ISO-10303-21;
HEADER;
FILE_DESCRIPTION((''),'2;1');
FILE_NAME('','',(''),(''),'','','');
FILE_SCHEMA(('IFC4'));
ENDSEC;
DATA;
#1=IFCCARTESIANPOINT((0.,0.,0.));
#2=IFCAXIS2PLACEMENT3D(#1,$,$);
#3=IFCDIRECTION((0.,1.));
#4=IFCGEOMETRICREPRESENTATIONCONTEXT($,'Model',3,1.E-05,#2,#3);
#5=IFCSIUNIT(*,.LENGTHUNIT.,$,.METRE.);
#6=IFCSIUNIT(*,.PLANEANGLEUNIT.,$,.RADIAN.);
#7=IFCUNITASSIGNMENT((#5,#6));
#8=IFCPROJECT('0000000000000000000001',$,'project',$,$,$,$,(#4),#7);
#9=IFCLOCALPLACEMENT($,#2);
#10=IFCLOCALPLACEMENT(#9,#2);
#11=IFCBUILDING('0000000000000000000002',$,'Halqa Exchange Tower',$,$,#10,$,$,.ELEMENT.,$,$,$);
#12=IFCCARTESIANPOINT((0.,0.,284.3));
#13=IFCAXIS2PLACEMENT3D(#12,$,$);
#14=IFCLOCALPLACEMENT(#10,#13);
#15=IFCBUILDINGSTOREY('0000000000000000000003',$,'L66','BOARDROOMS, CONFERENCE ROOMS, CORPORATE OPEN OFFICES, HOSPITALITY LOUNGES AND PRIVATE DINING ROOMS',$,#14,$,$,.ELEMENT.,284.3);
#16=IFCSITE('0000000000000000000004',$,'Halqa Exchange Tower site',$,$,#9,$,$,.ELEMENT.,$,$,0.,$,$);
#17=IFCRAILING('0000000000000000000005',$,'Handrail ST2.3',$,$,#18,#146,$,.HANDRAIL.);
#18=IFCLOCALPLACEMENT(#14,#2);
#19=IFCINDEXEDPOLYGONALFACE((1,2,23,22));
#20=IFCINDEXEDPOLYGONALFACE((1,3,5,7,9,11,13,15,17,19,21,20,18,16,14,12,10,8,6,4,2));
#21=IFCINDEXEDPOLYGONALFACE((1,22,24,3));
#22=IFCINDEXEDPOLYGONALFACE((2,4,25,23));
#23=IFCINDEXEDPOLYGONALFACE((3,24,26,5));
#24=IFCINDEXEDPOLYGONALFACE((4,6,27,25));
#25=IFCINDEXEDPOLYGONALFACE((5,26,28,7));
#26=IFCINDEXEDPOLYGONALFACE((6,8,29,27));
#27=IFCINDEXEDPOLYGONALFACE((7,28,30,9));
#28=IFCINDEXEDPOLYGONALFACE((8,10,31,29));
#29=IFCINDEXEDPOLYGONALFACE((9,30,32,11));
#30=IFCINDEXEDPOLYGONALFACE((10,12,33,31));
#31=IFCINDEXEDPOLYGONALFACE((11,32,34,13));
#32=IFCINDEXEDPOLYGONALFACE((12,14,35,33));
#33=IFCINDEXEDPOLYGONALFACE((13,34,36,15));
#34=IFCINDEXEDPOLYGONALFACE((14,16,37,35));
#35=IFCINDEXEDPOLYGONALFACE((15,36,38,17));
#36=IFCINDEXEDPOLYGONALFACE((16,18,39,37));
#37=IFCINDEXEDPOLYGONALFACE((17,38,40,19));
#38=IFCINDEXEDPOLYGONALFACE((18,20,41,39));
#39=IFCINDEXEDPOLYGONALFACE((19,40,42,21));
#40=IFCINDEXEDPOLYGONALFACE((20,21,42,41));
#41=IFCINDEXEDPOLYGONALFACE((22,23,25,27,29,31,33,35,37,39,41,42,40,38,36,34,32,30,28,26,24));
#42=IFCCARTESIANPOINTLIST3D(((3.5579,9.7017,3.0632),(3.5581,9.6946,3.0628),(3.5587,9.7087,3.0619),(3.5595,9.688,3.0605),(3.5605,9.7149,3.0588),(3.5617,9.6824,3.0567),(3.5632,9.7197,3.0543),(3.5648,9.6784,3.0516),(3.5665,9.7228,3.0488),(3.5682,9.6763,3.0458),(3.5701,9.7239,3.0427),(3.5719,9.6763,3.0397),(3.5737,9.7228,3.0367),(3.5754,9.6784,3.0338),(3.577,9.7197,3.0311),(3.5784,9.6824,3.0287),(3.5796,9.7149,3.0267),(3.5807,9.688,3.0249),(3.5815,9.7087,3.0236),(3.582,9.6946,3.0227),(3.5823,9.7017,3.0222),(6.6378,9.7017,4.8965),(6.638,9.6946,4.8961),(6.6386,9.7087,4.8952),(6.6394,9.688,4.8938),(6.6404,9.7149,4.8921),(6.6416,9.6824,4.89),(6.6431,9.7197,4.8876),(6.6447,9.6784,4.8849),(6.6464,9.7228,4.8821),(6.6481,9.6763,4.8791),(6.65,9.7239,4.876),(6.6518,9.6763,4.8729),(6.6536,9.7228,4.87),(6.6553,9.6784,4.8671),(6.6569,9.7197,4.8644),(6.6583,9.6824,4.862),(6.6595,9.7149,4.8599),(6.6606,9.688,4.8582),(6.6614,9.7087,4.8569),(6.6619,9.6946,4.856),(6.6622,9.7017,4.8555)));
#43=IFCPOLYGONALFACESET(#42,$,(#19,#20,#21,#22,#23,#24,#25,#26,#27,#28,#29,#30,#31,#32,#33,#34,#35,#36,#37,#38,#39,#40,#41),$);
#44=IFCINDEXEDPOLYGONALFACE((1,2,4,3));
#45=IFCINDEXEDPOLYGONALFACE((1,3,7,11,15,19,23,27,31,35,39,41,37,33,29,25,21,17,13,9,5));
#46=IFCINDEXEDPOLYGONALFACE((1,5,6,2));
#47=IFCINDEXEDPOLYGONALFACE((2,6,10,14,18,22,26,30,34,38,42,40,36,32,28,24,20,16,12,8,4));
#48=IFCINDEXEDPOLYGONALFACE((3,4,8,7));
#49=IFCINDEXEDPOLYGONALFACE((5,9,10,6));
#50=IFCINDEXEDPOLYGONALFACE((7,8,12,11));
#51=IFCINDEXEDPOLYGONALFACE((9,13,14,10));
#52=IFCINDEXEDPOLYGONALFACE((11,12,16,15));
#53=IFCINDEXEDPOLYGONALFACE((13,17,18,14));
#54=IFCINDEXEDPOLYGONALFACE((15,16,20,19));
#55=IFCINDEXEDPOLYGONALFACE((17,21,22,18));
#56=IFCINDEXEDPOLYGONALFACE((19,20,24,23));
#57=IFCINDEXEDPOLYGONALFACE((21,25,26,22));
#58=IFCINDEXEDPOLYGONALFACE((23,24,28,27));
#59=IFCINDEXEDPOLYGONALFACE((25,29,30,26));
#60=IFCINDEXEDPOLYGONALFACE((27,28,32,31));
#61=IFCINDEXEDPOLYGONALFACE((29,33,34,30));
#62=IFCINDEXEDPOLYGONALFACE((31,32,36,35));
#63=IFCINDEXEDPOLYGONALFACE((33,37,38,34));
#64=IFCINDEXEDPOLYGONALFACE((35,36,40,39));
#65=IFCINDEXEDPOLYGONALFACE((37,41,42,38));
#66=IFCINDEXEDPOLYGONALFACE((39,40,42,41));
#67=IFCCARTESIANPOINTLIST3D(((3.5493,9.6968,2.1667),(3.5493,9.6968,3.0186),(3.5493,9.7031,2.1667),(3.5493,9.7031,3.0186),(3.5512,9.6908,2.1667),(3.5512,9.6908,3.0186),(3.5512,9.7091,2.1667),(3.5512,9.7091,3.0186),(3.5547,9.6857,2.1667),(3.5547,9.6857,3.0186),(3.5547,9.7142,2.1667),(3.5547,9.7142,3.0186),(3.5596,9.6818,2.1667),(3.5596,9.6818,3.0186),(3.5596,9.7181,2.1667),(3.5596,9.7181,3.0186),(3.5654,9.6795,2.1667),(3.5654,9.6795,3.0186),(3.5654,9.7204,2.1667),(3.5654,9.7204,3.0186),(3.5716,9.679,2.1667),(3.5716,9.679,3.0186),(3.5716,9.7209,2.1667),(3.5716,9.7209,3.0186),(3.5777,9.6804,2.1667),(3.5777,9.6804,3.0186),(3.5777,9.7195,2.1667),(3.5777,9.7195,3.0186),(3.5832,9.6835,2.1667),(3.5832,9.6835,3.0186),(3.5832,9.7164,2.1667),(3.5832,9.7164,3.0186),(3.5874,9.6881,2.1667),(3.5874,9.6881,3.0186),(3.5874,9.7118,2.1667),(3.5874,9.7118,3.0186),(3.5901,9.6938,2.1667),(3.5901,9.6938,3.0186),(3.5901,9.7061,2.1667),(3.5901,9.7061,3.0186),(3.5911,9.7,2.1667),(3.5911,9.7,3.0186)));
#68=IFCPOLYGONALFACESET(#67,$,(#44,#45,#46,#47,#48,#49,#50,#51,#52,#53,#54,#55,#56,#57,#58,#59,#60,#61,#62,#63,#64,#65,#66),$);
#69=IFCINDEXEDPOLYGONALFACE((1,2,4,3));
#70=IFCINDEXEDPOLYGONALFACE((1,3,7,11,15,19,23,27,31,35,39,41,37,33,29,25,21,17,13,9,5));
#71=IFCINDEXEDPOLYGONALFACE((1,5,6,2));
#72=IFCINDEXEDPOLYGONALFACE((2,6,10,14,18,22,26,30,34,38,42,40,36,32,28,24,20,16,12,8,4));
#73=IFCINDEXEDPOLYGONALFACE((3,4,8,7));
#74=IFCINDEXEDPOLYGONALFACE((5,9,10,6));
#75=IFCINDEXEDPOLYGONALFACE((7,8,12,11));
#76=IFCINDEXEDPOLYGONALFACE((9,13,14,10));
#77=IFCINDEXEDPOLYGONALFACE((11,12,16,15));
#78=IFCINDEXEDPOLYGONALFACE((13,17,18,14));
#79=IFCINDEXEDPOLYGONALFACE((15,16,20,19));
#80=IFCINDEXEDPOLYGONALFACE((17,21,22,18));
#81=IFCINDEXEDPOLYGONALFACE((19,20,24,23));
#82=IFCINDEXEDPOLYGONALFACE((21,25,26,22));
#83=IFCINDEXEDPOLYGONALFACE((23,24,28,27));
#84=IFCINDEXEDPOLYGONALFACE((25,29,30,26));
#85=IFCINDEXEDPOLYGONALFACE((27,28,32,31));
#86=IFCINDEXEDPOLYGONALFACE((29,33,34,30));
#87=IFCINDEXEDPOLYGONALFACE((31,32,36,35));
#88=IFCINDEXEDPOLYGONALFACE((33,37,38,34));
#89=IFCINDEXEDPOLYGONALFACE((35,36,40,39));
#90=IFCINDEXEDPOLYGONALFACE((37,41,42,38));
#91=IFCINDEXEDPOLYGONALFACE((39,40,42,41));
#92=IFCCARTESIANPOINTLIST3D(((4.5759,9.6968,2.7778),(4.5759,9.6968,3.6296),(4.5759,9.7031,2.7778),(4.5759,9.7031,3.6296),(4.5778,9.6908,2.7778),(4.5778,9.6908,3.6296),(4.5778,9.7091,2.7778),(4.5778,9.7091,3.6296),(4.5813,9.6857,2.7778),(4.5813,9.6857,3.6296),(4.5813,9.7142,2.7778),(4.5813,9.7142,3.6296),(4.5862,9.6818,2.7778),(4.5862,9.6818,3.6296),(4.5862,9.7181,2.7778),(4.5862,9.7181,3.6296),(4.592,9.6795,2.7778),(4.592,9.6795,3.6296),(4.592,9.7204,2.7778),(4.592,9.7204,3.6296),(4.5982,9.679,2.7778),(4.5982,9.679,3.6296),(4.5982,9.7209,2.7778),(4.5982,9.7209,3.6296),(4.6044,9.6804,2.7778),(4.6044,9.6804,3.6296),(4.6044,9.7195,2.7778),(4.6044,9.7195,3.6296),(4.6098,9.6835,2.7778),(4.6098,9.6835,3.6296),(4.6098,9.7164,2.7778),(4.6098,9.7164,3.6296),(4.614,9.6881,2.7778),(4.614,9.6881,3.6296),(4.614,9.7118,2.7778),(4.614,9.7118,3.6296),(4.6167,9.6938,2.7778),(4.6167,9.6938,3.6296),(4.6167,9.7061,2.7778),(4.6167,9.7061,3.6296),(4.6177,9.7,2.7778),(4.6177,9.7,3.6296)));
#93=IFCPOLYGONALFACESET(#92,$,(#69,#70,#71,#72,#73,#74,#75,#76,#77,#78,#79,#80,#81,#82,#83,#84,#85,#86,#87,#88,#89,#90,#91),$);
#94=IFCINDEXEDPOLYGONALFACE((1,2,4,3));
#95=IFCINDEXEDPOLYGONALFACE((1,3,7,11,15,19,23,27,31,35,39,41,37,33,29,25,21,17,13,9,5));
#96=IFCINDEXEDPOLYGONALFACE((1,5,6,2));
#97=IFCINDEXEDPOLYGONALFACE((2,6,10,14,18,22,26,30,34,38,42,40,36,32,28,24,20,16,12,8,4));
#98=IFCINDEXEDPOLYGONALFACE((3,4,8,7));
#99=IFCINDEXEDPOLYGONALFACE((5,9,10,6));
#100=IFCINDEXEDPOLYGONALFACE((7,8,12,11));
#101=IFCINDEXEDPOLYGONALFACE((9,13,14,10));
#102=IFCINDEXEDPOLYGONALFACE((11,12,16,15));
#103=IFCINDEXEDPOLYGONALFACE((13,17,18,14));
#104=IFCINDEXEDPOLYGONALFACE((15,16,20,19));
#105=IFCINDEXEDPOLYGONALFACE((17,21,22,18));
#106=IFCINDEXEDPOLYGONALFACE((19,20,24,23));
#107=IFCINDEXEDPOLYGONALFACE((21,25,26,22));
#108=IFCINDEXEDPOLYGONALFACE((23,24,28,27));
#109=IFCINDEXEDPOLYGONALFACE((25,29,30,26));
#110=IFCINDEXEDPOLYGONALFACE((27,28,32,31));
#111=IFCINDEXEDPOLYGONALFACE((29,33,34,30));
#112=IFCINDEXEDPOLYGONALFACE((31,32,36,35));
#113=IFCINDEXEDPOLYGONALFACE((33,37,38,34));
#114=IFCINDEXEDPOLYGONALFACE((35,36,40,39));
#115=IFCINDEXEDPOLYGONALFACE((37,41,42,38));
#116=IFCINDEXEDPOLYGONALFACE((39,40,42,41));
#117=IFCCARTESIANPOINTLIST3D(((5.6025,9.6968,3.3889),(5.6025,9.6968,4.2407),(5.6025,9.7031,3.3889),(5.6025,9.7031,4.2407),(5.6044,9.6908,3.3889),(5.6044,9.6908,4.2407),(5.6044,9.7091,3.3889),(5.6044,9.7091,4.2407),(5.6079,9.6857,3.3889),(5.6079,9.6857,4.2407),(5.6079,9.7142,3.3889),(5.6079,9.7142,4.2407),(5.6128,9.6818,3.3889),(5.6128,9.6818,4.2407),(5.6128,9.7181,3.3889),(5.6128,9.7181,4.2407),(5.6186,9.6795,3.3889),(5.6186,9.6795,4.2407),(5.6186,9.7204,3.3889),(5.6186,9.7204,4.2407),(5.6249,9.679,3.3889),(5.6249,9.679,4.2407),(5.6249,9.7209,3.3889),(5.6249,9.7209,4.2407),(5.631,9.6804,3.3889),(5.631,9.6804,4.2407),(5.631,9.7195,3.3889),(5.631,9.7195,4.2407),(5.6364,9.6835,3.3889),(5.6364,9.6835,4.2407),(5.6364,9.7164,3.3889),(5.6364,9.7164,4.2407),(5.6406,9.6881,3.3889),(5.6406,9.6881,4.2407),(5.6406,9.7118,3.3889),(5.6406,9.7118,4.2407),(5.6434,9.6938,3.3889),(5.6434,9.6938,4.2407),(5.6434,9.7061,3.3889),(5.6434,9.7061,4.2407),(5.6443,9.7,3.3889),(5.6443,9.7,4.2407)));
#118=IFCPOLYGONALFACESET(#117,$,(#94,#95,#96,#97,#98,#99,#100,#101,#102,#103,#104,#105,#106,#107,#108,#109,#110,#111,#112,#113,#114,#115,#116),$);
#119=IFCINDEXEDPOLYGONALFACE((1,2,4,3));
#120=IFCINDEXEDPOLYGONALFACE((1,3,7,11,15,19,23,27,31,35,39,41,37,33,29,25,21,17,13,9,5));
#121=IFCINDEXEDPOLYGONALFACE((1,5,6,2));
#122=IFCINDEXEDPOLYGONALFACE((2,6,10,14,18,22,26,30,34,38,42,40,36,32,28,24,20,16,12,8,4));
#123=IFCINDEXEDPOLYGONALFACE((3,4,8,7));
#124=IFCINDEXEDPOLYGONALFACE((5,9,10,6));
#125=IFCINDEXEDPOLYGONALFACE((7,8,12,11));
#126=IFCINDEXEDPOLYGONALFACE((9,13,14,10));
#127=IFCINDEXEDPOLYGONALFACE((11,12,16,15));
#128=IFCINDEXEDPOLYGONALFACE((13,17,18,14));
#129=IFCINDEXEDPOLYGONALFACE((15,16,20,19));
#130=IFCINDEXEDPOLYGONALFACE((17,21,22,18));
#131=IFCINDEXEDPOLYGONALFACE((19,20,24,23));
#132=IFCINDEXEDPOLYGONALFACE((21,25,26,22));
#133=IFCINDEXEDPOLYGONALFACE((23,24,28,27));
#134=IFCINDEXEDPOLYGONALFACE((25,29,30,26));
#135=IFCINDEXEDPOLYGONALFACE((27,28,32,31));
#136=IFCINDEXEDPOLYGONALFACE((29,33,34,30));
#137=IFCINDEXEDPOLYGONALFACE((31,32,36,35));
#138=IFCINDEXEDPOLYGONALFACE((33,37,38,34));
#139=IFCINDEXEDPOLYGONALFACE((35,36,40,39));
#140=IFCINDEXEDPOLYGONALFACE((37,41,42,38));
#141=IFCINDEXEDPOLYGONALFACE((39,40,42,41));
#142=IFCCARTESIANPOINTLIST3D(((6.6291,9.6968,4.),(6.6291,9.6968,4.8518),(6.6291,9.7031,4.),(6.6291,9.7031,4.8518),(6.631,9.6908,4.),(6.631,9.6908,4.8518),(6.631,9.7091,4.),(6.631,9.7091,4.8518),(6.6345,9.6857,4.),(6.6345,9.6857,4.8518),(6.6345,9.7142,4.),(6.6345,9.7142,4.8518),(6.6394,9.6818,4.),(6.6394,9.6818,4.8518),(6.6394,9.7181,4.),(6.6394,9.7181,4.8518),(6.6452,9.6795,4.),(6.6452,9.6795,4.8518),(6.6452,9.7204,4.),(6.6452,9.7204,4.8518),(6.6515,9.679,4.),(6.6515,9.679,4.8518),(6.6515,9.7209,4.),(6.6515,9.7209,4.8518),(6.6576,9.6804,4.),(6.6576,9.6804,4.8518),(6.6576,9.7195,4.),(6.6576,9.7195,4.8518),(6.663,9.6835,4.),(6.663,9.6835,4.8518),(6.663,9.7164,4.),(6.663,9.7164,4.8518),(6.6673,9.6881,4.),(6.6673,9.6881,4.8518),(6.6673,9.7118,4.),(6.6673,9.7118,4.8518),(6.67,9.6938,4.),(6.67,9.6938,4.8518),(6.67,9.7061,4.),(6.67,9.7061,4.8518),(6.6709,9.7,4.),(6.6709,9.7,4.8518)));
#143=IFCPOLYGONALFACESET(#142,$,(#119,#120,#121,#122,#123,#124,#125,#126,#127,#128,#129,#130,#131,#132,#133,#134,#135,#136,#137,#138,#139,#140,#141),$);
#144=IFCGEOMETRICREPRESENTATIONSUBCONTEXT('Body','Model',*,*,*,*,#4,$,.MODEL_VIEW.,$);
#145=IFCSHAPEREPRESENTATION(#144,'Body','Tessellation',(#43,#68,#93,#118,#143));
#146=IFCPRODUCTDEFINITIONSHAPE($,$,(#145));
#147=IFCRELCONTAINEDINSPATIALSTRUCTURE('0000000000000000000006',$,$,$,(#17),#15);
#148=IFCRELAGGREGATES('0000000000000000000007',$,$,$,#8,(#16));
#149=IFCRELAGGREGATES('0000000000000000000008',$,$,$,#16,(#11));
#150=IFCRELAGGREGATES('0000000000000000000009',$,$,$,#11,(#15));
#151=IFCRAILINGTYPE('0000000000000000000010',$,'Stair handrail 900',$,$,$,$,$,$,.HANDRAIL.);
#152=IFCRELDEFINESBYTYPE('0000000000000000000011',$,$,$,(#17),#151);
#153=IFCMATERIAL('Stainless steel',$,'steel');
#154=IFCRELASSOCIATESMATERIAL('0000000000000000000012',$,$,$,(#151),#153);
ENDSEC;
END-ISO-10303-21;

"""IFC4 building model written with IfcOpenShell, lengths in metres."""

from ifc_helpers import new_model, si_unit, direction, frame, origin, origin_2d, place, context, subcontext, project, spatial, circle, extrude, material, type_object, element, save


model = new_model("IFC4")

# Units and contexts
model_context = context("Model", 3, precision=1e-05, world=origin(), true_north=direction((0.0, 1.0)))
body_context = subcontext(model_context, "Body", "Model", "MODEL_VIEW")
ifc_project = project(units=[si_unit("LENGTHUNIT", "METRE"), si_unit("PLANEANGLEUNIT", "RADIAN")], contexts=[model_context])

# Site, building, storey
site_placement = place(None, origin())
site = spatial("IfcSite", under=ifc_project, at=site_placement, Name="Halqa Exchange Tower site", CompositionType="ELEMENT", RefElevation=0.0)
building_placement = place(site_placement, origin())
building = spatial("IfcBuilding", under=site, at=building_placement, Name="Halqa Exchange Tower", CompositionType="ELEMENT")
storey_placement = place(building_placement, frame((0.0, 0.0, 284.3)))
storey = spatial("IfcBuildingStorey", under=building, at=storey_placement, Name="L66", Description="BOARDROOMS, CONFERENCE ROOMS, CORPORATE OPEN OFFICES, HOSPITALITY LOUNGES AND PRIVATE DINING ROOMS", CompositionType="ELEMENT", Elevation=284.3)

# Railing
ifc_material_1 = material(Name="Stainless steel", Category="steel")
railing_type_1 = type_object("IfcRailingType", Name="Stair handrail 900", PredefinedType="HANDRAIL", material=ifc_material_1)
railing_1_placement = place(storey_placement, frame((3.5701, 9.7, 2.1667)))
element("IfcRailing", 1, at=railing_1_placement, inside=storey, type_object=railing_type_1, Name="Handrail ST2.3", PredefinedType="HANDRAIL", context=body_context, shape_type="SweptSolid", body=[
    extrude(circle(Radius=0.0239, at=origin_2d()), frame((0.0, 0.0, 0.876), z_axis=(0.859291, 0.0, 0.511487), x_axis=(0.0, 1.0, 0.0)), (0.0, 0.0, 1.0), 3.5842),
    extrude(circle(Radius=0.021, at=origin_2d()), origin(), (0.0, 0.0, 1.0), 0.8518),
    extrude(circle(Radius=0.021, at=origin_2d()), frame((1.0266, 0.0, 0.6111)), (0.0, 0.0, 1.0), 0.8518),
    extrude(circle(Radius=0.021, at=origin_2d()), frame((2.0532, 0.0, 1.2222)), (0.0, 0.0, 1.0), 0.8518),
    extrude(circle(Radius=0.021, at=origin_2d()), frame((3.0798, 0.0, 1.8333)), (0.0, 0.0, 1.0), 0.8518),
])

save(model, "model.ifc")
